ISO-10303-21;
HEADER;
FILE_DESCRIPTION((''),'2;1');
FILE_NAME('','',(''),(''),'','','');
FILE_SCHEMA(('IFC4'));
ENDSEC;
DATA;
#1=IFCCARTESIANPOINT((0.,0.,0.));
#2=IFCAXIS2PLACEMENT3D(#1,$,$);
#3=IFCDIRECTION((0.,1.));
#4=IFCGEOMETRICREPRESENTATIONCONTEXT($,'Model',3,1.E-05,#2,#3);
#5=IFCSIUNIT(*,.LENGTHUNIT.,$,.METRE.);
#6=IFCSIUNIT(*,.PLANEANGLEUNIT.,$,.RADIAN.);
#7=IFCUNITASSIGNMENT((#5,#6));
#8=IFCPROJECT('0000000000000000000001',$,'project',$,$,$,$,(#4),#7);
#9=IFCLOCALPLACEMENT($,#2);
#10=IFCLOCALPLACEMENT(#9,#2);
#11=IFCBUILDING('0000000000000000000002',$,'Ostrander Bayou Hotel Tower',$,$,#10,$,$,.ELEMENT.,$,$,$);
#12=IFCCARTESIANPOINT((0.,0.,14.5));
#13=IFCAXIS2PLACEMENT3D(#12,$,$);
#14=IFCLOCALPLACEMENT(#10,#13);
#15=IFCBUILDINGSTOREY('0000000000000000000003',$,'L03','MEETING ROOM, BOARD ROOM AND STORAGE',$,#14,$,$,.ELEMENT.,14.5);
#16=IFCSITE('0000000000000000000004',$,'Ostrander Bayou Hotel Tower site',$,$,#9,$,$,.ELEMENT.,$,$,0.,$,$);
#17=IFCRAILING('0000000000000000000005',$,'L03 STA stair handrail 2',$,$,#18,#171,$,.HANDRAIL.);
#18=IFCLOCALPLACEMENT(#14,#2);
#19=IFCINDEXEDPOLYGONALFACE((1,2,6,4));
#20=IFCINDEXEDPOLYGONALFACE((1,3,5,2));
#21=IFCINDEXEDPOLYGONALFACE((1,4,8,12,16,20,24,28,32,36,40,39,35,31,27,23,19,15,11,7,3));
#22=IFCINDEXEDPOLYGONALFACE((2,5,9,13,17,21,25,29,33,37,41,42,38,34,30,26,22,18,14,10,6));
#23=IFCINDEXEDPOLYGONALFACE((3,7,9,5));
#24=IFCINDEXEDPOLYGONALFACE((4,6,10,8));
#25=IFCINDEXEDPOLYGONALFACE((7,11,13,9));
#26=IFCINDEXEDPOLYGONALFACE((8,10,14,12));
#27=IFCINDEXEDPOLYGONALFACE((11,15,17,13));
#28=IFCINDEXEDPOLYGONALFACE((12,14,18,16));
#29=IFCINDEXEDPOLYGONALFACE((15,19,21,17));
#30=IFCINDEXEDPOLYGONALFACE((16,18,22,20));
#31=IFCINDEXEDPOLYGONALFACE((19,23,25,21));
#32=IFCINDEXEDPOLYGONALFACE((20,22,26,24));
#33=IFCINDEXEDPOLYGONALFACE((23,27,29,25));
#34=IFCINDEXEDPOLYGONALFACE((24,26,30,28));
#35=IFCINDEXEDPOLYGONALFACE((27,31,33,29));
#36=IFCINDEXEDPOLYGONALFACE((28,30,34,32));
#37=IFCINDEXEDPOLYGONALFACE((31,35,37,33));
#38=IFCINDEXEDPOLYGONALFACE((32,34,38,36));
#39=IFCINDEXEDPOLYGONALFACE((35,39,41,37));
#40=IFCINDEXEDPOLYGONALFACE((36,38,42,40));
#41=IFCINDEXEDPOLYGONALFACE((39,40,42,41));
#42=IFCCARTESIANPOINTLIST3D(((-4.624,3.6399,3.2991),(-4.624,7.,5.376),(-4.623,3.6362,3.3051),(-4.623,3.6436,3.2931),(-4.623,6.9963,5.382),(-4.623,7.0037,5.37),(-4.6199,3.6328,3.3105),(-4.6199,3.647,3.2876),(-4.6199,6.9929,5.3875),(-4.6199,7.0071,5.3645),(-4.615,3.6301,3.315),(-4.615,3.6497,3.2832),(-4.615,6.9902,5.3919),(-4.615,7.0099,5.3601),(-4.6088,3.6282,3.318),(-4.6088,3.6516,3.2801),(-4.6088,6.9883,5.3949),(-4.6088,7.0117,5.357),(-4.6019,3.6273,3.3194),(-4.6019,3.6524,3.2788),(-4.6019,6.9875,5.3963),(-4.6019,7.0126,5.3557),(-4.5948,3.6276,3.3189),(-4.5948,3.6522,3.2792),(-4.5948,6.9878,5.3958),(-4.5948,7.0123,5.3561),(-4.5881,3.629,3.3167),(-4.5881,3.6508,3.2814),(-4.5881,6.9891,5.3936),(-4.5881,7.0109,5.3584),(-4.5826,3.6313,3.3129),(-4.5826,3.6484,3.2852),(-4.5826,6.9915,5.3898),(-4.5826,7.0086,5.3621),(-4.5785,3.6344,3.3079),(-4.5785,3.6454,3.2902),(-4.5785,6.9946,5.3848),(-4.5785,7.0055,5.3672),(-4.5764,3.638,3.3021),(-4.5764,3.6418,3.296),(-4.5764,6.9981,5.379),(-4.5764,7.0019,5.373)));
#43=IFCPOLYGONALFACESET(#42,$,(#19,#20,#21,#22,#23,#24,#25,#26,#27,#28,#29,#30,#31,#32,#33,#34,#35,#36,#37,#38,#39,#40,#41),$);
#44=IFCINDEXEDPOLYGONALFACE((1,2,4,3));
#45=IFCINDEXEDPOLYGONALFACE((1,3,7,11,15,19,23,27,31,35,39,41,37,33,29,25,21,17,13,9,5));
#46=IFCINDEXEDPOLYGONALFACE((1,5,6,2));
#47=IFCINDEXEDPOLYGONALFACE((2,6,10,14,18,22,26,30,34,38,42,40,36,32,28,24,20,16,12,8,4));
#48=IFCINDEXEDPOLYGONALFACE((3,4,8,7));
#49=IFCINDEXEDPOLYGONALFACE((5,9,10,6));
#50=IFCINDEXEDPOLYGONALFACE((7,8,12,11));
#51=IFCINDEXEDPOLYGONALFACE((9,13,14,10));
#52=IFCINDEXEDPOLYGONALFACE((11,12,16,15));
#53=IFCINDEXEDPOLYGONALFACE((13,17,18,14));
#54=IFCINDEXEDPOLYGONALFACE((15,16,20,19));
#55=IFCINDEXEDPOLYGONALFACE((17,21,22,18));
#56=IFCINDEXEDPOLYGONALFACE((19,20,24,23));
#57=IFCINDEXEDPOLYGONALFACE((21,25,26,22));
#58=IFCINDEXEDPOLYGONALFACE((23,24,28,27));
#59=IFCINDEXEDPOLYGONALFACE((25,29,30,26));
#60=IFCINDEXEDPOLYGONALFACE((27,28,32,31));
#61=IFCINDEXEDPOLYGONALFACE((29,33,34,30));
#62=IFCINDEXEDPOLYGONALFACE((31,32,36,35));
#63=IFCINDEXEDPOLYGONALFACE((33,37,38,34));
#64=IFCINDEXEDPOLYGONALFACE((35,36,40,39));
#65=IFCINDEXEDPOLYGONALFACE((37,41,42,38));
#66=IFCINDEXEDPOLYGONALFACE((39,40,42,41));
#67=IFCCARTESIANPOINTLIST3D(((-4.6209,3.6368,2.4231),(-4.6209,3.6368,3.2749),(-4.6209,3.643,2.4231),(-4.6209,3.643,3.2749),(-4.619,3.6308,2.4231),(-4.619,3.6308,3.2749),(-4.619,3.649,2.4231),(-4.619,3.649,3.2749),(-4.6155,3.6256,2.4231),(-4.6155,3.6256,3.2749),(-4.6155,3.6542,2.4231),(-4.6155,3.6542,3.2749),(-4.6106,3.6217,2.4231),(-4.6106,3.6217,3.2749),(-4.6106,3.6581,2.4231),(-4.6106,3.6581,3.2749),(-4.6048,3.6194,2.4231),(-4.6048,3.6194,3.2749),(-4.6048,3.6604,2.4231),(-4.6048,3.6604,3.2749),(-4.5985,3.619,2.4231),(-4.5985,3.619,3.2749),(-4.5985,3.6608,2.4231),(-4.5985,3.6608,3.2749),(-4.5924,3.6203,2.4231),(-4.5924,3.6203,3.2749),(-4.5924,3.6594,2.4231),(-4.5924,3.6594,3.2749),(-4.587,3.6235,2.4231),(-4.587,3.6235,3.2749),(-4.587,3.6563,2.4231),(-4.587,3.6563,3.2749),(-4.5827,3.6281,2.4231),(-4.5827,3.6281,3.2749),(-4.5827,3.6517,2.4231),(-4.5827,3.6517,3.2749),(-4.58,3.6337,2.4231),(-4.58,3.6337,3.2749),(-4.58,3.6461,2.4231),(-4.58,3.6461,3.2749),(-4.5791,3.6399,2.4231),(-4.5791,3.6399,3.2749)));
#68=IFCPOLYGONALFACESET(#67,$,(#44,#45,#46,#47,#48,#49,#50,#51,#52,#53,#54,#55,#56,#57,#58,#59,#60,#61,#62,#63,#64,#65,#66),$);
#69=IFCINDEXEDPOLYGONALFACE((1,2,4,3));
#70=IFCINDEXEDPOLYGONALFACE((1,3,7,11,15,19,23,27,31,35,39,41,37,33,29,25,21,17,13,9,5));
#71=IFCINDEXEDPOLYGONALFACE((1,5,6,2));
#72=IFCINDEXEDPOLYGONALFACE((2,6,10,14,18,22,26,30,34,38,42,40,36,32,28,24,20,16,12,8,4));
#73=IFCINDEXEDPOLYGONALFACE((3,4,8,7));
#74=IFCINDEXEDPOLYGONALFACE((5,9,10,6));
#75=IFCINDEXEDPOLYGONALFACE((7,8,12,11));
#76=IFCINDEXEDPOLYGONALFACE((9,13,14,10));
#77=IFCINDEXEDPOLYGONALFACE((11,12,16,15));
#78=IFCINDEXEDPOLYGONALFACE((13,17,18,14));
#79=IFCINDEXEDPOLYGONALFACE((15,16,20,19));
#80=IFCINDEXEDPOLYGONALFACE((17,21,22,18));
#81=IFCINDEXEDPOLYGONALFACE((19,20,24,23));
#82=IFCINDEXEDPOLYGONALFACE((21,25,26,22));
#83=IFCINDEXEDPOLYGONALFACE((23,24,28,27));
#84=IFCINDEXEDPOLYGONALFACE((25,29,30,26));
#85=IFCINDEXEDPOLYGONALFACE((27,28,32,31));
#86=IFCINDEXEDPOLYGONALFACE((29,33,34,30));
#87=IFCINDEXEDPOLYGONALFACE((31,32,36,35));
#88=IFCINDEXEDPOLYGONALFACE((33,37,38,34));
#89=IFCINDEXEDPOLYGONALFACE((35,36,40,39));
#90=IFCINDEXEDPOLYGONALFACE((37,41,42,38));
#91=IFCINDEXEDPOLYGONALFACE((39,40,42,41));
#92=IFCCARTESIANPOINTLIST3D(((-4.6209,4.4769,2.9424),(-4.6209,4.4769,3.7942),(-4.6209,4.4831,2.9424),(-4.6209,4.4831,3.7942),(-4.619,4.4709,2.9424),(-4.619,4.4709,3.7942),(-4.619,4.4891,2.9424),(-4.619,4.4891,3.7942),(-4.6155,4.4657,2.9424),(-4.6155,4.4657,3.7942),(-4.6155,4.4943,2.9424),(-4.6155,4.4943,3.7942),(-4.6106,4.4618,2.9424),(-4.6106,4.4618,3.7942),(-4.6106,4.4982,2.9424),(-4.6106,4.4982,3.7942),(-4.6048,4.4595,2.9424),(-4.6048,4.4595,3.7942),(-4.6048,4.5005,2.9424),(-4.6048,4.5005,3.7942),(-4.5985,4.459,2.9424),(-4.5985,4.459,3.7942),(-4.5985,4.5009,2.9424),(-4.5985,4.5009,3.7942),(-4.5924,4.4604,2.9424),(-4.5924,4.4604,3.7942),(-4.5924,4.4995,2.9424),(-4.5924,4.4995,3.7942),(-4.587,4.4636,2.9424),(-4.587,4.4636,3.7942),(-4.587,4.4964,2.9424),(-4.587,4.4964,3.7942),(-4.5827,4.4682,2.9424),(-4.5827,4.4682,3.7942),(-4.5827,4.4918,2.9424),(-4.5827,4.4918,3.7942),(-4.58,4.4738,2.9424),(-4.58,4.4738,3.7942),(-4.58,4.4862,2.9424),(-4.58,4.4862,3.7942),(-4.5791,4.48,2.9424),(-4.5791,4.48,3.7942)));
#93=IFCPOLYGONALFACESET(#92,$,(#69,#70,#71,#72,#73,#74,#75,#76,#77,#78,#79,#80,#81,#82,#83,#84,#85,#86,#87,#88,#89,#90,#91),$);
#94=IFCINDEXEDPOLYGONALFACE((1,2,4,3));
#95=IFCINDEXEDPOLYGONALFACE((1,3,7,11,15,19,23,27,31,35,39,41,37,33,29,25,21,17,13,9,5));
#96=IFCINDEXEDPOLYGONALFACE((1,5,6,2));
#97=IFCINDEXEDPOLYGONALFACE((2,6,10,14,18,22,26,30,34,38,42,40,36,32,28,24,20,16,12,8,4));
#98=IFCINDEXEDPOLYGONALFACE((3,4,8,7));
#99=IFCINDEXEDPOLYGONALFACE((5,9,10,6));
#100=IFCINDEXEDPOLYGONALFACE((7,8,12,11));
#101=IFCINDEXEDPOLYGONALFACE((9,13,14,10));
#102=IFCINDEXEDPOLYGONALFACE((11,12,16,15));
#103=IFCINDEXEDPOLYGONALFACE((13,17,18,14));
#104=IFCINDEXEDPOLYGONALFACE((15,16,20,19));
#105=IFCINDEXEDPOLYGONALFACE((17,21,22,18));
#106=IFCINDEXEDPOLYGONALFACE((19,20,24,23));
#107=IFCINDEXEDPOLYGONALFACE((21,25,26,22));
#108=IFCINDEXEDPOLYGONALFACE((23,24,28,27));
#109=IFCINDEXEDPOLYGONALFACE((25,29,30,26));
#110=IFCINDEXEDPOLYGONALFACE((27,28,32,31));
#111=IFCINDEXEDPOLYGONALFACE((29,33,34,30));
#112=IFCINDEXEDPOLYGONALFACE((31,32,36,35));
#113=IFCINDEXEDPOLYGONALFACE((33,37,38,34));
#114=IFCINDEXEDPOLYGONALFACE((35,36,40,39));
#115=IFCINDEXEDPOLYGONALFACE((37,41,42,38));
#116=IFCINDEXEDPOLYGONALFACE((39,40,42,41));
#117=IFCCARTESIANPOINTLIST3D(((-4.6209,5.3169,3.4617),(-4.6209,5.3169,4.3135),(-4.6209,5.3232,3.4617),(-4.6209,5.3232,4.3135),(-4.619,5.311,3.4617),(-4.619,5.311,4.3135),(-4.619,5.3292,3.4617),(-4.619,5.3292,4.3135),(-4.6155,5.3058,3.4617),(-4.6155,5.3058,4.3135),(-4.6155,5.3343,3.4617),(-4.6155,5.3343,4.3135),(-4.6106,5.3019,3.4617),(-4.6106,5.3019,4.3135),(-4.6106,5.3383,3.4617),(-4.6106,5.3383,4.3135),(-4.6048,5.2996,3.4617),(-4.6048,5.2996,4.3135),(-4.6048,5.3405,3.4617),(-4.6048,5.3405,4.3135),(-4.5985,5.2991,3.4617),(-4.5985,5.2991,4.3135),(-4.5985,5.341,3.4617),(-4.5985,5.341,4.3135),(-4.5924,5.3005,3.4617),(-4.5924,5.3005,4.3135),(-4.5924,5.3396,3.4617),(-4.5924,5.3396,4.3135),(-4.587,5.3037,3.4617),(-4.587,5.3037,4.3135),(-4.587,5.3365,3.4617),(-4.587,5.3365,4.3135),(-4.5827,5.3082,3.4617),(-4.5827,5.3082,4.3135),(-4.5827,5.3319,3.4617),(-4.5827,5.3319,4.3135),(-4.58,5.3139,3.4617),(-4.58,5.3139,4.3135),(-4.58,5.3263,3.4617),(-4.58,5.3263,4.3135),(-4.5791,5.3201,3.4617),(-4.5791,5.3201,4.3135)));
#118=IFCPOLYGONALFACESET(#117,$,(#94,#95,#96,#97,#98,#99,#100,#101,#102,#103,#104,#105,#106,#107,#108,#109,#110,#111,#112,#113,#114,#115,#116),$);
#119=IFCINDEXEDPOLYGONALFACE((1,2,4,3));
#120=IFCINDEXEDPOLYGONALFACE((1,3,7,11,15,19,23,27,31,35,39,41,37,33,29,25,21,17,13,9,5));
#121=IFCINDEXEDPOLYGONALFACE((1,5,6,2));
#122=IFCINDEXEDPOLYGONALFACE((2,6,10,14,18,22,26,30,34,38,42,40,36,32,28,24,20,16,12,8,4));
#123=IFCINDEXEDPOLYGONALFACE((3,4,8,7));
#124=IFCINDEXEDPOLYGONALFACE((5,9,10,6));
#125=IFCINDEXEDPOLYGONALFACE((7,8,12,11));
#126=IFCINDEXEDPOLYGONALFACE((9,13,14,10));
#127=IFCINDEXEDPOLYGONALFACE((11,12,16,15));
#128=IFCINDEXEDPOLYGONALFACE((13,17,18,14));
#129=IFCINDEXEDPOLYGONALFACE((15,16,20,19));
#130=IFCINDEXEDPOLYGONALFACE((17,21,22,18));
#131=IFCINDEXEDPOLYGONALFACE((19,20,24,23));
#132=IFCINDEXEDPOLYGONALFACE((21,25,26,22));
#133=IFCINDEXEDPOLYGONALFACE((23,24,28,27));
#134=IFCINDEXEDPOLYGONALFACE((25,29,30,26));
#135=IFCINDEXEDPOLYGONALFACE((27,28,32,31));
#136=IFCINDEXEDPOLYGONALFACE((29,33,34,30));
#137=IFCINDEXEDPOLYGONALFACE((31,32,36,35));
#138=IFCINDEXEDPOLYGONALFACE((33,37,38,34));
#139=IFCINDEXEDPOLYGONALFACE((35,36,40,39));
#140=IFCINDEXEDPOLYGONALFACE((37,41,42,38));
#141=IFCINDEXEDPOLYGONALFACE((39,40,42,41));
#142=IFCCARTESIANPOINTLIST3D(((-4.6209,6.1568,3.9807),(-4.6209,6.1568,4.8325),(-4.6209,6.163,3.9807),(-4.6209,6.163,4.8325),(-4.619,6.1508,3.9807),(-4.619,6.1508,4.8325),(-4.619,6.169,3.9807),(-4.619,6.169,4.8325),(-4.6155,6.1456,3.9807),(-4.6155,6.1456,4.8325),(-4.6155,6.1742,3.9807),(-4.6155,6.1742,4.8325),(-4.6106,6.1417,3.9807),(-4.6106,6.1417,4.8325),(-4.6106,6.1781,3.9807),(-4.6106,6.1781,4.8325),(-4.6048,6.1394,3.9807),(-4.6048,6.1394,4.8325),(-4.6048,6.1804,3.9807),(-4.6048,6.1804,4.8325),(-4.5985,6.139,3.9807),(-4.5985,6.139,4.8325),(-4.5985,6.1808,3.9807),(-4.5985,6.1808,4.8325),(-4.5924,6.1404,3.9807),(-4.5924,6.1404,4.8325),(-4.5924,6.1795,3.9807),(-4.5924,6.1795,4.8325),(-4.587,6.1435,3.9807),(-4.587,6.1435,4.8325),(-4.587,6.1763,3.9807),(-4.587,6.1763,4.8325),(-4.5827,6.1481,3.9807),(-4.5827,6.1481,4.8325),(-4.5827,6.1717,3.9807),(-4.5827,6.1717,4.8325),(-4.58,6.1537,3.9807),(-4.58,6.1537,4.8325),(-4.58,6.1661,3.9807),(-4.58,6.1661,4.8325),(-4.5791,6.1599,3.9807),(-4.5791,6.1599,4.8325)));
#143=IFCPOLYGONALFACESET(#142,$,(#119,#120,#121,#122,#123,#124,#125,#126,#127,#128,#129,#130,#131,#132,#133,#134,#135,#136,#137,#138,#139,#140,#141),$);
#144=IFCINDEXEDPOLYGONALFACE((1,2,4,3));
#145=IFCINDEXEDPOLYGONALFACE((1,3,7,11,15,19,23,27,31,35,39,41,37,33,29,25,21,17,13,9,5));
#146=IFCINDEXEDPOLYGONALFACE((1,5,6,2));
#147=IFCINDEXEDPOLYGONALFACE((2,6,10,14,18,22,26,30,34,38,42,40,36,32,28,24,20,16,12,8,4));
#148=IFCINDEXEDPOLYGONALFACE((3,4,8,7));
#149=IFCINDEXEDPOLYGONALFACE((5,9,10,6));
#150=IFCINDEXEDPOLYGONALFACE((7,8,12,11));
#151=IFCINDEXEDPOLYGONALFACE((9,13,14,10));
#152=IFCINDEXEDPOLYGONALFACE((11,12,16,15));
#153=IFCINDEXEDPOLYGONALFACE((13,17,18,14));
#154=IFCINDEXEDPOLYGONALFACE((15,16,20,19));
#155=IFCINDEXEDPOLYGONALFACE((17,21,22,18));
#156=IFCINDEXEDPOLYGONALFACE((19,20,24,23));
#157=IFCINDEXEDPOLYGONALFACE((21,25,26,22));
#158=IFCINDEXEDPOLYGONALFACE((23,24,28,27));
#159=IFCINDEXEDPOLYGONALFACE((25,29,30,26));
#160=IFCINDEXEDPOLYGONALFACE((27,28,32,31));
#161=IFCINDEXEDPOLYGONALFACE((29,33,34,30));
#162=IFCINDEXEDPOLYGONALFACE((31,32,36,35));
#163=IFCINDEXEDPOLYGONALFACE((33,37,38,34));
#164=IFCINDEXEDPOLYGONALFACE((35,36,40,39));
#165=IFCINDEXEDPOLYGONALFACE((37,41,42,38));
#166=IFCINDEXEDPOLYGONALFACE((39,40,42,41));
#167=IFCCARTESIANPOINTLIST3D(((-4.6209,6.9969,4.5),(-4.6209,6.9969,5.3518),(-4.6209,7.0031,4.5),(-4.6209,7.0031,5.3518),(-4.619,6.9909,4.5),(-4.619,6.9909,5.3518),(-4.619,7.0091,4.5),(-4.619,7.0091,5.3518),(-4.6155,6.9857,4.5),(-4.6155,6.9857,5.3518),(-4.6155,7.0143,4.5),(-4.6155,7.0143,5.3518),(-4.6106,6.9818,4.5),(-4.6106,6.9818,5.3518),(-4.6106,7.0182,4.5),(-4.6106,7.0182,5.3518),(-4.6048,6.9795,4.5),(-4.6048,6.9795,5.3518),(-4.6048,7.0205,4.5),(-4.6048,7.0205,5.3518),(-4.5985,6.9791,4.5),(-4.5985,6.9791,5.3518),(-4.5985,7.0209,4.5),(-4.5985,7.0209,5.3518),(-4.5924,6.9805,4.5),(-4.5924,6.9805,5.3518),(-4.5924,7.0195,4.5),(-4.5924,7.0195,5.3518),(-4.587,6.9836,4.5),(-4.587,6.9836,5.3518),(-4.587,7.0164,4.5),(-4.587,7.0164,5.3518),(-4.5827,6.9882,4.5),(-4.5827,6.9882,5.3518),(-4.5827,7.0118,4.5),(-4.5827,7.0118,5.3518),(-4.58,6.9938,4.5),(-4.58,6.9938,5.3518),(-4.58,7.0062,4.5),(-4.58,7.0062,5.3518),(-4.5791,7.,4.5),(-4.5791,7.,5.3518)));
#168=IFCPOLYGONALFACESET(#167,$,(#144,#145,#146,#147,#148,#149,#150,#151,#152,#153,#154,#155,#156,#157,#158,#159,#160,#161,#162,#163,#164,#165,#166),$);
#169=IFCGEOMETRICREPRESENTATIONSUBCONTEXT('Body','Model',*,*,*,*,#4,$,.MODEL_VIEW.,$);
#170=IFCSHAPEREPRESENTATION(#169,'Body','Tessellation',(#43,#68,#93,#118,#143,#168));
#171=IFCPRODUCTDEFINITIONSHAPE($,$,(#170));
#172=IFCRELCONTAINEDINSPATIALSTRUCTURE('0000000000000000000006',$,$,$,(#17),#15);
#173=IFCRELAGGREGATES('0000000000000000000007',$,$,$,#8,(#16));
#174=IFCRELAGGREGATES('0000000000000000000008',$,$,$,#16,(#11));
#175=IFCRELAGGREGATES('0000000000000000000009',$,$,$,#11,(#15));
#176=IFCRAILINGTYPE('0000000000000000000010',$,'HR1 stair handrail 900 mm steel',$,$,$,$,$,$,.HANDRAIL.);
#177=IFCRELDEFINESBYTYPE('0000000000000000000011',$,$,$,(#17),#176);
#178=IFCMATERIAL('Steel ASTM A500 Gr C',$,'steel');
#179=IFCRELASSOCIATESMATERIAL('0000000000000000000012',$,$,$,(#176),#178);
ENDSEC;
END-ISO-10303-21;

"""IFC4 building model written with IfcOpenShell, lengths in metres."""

from ifc_helpers import new_model, si_unit, direction, frame, origin, origin_2d, place, context, subcontext, project, spatial, circle, extrude, material, type_object, element, save


model = new_model("IFC4")

# Units and contexts
model_context = context("Model", 3, precision=1e-05, world=origin(), true_north=direction((0.0, 1.0)))
body_context = subcontext(model_context, "Body", "Model", "MODEL_VIEW")
ifc_project = project(units=[si_unit("LENGTHUNIT", "METRE"), si_unit("PLANEANGLEUNIT", "RADIAN")], contexts=[model_context])

# Site, building, storey
site_placement = place(None, origin())
site = spatial("IfcSite", under=ifc_project, at=site_placement, Name="Ostrander Bayou Hotel Tower site", CompositionType="ELEMENT", RefElevation=0.0)
building_placement = place(site_placement, origin())
building = spatial("IfcBuilding", under=site, at=building_placement, Name="Ostrander Bayou Hotel Tower", CompositionType="ELEMENT")
storey_placement = place(building_placement, frame((0.0, 0.0, 14.5)))
storey = spatial("IfcBuildingStorey", under=building, at=storey_placement, Name="L03", Description="MEETING ROOM, BOARD ROOM AND STORAGE", CompositionType="ELEMENT", Elevation=14.5)

# Railing
ifc_material_1 = material(Name="Steel ASTM A500 Gr C", Category="steel")
railing_type_1 = type_object("IfcRailingType", Name="HR1 stair handrail 900 mm steel", PredefinedType="HANDRAIL", material=ifc_material_1)
railing_1_placement = place(storey_placement, frame((-4.6001, 3.6399, 2.4231)))
element("IfcRailing", 1, at=railing_1_placement, inside=storey, type_object=railing_type_1, Name="L03 STA stair handrail 2", PredefinedType="HANDRAIL", context=body_context, shape_type="SweptSolid", body=[
    extrude(circle(Radius=0.0239, at=origin_2d()), frame((0.0, 0.0, 0.876), z_axis=(0.0, 0.850623, 0.525776), x_axis=(-1.0, 0.0, 0.0)), (0.0, 0.0, 1.0), 3.9502),
    extrude(circle(Radius=0.021, at=origin_2d()), origin(), (0.0, 0.0, 1.0), 0.8518),
    extrude(circle(Radius=0.021, at=origin_2d()), frame((0.0, 0.8401, 0.5193)), (0.0, 0.0, 1.0), 0.8518),
    extrude(circle(Radius=0.021, at=origin_2d()), frame((0.0, 1.6802, 1.0386)), (0.0, 0.0, 1.0), 0.8518),
    extrude(circle(Radius=0.021, at=origin_2d()), frame((0.0, 2.52, 1.5576)), (0.0, 0.0, 1.0), 0.8518),
    extrude(circle(Radius=0.021, at=origin_2d()), frame((0.0, 3.3601, 2.0769)), (0.0, 0.0, 1.0), 0.8518),
])

save(model, "model.ifc")
